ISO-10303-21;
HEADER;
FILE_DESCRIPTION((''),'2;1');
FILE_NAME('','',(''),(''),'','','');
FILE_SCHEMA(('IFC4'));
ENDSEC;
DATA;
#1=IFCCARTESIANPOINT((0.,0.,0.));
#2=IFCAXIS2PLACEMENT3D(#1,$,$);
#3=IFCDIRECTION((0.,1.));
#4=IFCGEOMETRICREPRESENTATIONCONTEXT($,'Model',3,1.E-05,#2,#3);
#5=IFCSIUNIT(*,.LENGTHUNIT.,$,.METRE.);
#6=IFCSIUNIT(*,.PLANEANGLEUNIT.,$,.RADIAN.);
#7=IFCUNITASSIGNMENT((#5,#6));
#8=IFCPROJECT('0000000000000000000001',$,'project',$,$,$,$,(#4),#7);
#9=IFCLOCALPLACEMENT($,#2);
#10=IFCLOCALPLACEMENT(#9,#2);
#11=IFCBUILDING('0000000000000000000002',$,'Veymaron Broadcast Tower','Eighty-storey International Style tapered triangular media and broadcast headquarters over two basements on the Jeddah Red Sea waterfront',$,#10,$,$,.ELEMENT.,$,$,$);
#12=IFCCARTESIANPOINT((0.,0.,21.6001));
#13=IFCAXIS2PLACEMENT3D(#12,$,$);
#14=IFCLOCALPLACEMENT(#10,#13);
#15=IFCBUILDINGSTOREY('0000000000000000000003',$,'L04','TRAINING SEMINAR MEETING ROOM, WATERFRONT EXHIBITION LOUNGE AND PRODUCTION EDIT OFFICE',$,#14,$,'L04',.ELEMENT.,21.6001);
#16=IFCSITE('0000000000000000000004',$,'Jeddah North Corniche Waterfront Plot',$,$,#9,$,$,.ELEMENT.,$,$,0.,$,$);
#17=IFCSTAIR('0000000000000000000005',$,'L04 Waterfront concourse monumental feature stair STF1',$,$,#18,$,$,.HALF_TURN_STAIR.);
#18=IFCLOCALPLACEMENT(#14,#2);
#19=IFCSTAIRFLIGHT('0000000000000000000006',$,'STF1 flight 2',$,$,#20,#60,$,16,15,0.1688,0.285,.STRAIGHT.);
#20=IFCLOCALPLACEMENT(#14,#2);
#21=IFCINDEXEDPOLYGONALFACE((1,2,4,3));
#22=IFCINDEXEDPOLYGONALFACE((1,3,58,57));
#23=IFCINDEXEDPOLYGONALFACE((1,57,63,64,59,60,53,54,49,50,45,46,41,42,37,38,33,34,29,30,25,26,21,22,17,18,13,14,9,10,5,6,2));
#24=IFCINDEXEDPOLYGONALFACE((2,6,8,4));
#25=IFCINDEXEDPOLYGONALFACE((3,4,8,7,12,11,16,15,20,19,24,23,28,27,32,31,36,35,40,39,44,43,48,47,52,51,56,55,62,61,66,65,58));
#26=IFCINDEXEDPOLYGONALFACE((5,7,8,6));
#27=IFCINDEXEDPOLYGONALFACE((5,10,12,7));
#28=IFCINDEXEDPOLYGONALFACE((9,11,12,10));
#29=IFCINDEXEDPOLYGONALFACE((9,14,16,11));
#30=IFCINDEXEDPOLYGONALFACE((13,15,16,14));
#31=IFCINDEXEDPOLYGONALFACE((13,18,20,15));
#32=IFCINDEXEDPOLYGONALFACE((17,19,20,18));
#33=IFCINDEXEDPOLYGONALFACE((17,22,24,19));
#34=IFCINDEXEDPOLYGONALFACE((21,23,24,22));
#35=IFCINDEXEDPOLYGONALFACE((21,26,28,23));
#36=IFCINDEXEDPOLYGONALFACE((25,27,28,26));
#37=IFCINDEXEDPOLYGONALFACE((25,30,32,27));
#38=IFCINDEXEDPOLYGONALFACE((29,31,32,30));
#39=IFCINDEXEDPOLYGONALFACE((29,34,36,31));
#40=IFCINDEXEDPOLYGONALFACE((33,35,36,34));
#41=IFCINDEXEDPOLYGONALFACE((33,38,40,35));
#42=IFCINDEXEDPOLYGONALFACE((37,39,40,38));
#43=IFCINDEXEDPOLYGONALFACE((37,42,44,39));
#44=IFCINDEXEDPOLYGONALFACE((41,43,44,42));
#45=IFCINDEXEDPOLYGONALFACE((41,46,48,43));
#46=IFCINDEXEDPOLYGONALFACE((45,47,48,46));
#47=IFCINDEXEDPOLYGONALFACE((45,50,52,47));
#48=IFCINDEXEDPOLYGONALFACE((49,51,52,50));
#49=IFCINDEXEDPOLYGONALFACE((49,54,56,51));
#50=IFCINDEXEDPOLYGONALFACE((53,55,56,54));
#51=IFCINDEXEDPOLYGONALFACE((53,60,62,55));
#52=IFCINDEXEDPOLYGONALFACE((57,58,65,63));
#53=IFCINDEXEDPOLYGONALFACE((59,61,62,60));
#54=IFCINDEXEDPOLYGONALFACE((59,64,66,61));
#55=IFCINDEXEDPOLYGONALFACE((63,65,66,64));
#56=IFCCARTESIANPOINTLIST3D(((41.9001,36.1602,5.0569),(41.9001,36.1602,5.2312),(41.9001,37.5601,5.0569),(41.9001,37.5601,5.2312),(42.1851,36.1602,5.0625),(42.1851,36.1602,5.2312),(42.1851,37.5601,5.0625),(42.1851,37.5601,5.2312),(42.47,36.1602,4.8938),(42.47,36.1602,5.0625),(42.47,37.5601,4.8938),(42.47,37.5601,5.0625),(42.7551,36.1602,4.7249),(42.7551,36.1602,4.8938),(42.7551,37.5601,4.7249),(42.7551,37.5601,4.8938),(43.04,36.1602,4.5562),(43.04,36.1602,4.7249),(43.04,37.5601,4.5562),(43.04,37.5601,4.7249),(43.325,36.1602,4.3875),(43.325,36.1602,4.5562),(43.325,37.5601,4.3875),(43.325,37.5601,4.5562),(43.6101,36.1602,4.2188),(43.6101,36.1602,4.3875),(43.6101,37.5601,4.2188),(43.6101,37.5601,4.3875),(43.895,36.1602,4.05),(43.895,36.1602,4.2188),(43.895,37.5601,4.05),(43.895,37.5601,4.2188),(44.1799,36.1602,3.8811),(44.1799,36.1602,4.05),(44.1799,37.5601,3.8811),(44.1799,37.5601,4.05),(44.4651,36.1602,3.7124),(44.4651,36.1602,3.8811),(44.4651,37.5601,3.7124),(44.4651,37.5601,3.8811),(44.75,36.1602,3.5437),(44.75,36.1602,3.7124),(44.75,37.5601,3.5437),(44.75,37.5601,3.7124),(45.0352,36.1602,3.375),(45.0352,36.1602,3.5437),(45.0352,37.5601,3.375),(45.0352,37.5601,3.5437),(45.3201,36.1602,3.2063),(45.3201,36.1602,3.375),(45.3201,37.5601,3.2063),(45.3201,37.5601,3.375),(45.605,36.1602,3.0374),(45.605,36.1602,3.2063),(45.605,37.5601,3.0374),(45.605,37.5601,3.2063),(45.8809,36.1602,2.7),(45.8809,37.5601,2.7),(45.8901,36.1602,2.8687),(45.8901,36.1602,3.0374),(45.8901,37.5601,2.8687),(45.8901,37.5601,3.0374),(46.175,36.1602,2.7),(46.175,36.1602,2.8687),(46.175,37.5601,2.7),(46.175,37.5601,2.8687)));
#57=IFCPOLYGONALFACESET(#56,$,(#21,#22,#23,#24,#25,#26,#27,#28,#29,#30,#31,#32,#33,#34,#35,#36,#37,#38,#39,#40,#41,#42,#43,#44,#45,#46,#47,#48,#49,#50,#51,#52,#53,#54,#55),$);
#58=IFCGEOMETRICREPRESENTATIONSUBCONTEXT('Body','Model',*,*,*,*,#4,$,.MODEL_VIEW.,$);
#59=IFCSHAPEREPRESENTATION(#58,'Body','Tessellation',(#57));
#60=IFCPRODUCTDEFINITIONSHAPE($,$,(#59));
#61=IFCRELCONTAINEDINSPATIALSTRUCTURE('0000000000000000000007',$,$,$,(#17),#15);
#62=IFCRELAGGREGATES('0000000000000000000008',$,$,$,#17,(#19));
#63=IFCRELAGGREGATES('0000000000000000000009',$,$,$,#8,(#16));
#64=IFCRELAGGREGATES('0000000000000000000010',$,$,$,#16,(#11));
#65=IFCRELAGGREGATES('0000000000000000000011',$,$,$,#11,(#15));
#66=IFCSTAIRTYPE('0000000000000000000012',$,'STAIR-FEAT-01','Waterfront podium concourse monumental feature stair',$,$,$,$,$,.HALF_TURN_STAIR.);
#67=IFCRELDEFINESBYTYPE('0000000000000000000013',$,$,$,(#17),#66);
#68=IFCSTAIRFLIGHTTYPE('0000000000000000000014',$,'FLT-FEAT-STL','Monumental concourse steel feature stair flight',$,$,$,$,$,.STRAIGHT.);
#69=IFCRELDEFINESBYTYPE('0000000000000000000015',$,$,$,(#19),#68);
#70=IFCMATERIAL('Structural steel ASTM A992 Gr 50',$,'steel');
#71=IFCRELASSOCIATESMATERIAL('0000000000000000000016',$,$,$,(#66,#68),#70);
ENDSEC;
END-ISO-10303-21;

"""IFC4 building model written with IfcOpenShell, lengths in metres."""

from ifc_helpers import new_model, si_unit, direction, frame, origin, place, context, subcontext, project, spatial, polyline, outline, extrude, material, type_object, element, aggregate, save


model = new_model("IFC4")

# Units and contexts
model_context = context("Model", 3, precision=1e-05, world=origin(), true_north=direction((0.0, 1.0)))
body_context = subcontext(model_context, "Body", "Model", "MODEL_VIEW")
ifc_project = project(units=[si_unit("LENGTHUNIT", "METRE"), si_unit("PLANEANGLEUNIT", "RADIAN")], contexts=[model_context])

# Site, building, storey
site_placement = place(None, origin())
site = spatial("IfcSite", under=ifc_project, at=site_placement, Name="Jeddah North Corniche Waterfront Plot", CompositionType="ELEMENT", RefElevation=0.0)
building_placement = place(site_placement, origin())
building = spatial("IfcBuilding", under=site, at=building_placement, Name="Veymaron Broadcast Tower", Description="Eighty-storey International Style tapered triangular media and broadcast headquarters over two basements on the Jeddah Red Sea waterfront", CompositionType="ELEMENT")
storey_placement = place(building_placement, frame((0.0, 0.0, 21.6001)))
storey = spatial("IfcBuildingStorey", under=building, at=storey_placement, Name="L04", Description="TRAINING SEMINAR MEETING ROOM, WATERFRONT EXHIBITION LOUNGE AND PRODUCTION EDIT OFFICE", LongName="L04", CompositionType="ELEMENT", Elevation=21.6001)

# Shared definitions
ifc_material_1 = material(Name="Structural steel ASTM A992 Gr 50", Category="steel")

# Stair, stair flight
stair_type = type_object("IfcStairType", Name="STAIR-FEAT-01", Description="Waterfront podium concourse monumental feature stair", PredefinedType="HALF_TURN_STAIR", material=ifc_material_1)
stair_placement = place(storey_placement, origin())
stair = element("IfcStair", 1, at=stair_placement, inside=storey, type_object=stair_type, Name="L04 Waterfront concourse monumental feature stair STF1", PredefinedType="HALF_TURN_STAIR")
stair_flight_type = type_object("IfcStairFlightType", Name="FLT-FEAT-STL", Description="Monumental concourse steel feature stair flight", PredefinedType="STRAIGHT", material=ifc_material_1)
stair_flight_placement = place(storey_placement, frame((46.175, 36.8601, 2.7), z_axis=(0.0, 0.0, 1.0), x_axis=(-1.0, 0.0, 0.0)))
stair_flight = element("IfcStairFlight", 2, at=stair_flight_placement, type_object=stair_flight_type, Name="STF1 flight 2", NumberOfRisers=16, NumberOfTreads=15, PredefinedType="STRAIGHT", RiserHeight=0.1688, TreadLength=0.285, context=body_context, shape_type="SweptSolid", body=[
    extrude(outline(polyline([(0.0, 0.0), (0.0, 0.1687), (0.2849, 0.1687), (0.2849, 0.3374), (0.5701, 0.3374), (0.5701, 0.5063), (0.855, 0.5063), (0.855, 0.675), (1.1399, 0.675), (1.1399, 0.8438), (1.425, 0.8438), (1.425, 1.0125), (1.71, 1.0125), (1.71, 1.1812), (1.9951, 1.1812), (1.9951, 1.3501), (2.28, 1.3501), (2.28, 1.5188), (2.5649, 1.5188), (2.5649, 1.6875), (2.8501, 1.6875), (2.8501, 1.8562), (3.135, 1.8562), (3.135, 2.0249), (3.4199, 2.0249), (3.4199, 2.1938), (3.7051, 2.1938), (3.7051, 2.3625), (3.99, 2.3625), (3.99, 2.5312), (4.2749, 2.5312), (4.2749, 2.7), (4.2749, 2.3569), (0.2942, 0.0), (0.0, 0.0)])), frame((0.0, 0.7, 0.0), z_axis=(0.0, -1.0, 0.0), x_axis=(1.0, 0.0, 0.0)), (0.0, 0.0, 1.0), 1.3999),
])
aggregate(stair, [stair_flight])

save(model, "model.ifc")
